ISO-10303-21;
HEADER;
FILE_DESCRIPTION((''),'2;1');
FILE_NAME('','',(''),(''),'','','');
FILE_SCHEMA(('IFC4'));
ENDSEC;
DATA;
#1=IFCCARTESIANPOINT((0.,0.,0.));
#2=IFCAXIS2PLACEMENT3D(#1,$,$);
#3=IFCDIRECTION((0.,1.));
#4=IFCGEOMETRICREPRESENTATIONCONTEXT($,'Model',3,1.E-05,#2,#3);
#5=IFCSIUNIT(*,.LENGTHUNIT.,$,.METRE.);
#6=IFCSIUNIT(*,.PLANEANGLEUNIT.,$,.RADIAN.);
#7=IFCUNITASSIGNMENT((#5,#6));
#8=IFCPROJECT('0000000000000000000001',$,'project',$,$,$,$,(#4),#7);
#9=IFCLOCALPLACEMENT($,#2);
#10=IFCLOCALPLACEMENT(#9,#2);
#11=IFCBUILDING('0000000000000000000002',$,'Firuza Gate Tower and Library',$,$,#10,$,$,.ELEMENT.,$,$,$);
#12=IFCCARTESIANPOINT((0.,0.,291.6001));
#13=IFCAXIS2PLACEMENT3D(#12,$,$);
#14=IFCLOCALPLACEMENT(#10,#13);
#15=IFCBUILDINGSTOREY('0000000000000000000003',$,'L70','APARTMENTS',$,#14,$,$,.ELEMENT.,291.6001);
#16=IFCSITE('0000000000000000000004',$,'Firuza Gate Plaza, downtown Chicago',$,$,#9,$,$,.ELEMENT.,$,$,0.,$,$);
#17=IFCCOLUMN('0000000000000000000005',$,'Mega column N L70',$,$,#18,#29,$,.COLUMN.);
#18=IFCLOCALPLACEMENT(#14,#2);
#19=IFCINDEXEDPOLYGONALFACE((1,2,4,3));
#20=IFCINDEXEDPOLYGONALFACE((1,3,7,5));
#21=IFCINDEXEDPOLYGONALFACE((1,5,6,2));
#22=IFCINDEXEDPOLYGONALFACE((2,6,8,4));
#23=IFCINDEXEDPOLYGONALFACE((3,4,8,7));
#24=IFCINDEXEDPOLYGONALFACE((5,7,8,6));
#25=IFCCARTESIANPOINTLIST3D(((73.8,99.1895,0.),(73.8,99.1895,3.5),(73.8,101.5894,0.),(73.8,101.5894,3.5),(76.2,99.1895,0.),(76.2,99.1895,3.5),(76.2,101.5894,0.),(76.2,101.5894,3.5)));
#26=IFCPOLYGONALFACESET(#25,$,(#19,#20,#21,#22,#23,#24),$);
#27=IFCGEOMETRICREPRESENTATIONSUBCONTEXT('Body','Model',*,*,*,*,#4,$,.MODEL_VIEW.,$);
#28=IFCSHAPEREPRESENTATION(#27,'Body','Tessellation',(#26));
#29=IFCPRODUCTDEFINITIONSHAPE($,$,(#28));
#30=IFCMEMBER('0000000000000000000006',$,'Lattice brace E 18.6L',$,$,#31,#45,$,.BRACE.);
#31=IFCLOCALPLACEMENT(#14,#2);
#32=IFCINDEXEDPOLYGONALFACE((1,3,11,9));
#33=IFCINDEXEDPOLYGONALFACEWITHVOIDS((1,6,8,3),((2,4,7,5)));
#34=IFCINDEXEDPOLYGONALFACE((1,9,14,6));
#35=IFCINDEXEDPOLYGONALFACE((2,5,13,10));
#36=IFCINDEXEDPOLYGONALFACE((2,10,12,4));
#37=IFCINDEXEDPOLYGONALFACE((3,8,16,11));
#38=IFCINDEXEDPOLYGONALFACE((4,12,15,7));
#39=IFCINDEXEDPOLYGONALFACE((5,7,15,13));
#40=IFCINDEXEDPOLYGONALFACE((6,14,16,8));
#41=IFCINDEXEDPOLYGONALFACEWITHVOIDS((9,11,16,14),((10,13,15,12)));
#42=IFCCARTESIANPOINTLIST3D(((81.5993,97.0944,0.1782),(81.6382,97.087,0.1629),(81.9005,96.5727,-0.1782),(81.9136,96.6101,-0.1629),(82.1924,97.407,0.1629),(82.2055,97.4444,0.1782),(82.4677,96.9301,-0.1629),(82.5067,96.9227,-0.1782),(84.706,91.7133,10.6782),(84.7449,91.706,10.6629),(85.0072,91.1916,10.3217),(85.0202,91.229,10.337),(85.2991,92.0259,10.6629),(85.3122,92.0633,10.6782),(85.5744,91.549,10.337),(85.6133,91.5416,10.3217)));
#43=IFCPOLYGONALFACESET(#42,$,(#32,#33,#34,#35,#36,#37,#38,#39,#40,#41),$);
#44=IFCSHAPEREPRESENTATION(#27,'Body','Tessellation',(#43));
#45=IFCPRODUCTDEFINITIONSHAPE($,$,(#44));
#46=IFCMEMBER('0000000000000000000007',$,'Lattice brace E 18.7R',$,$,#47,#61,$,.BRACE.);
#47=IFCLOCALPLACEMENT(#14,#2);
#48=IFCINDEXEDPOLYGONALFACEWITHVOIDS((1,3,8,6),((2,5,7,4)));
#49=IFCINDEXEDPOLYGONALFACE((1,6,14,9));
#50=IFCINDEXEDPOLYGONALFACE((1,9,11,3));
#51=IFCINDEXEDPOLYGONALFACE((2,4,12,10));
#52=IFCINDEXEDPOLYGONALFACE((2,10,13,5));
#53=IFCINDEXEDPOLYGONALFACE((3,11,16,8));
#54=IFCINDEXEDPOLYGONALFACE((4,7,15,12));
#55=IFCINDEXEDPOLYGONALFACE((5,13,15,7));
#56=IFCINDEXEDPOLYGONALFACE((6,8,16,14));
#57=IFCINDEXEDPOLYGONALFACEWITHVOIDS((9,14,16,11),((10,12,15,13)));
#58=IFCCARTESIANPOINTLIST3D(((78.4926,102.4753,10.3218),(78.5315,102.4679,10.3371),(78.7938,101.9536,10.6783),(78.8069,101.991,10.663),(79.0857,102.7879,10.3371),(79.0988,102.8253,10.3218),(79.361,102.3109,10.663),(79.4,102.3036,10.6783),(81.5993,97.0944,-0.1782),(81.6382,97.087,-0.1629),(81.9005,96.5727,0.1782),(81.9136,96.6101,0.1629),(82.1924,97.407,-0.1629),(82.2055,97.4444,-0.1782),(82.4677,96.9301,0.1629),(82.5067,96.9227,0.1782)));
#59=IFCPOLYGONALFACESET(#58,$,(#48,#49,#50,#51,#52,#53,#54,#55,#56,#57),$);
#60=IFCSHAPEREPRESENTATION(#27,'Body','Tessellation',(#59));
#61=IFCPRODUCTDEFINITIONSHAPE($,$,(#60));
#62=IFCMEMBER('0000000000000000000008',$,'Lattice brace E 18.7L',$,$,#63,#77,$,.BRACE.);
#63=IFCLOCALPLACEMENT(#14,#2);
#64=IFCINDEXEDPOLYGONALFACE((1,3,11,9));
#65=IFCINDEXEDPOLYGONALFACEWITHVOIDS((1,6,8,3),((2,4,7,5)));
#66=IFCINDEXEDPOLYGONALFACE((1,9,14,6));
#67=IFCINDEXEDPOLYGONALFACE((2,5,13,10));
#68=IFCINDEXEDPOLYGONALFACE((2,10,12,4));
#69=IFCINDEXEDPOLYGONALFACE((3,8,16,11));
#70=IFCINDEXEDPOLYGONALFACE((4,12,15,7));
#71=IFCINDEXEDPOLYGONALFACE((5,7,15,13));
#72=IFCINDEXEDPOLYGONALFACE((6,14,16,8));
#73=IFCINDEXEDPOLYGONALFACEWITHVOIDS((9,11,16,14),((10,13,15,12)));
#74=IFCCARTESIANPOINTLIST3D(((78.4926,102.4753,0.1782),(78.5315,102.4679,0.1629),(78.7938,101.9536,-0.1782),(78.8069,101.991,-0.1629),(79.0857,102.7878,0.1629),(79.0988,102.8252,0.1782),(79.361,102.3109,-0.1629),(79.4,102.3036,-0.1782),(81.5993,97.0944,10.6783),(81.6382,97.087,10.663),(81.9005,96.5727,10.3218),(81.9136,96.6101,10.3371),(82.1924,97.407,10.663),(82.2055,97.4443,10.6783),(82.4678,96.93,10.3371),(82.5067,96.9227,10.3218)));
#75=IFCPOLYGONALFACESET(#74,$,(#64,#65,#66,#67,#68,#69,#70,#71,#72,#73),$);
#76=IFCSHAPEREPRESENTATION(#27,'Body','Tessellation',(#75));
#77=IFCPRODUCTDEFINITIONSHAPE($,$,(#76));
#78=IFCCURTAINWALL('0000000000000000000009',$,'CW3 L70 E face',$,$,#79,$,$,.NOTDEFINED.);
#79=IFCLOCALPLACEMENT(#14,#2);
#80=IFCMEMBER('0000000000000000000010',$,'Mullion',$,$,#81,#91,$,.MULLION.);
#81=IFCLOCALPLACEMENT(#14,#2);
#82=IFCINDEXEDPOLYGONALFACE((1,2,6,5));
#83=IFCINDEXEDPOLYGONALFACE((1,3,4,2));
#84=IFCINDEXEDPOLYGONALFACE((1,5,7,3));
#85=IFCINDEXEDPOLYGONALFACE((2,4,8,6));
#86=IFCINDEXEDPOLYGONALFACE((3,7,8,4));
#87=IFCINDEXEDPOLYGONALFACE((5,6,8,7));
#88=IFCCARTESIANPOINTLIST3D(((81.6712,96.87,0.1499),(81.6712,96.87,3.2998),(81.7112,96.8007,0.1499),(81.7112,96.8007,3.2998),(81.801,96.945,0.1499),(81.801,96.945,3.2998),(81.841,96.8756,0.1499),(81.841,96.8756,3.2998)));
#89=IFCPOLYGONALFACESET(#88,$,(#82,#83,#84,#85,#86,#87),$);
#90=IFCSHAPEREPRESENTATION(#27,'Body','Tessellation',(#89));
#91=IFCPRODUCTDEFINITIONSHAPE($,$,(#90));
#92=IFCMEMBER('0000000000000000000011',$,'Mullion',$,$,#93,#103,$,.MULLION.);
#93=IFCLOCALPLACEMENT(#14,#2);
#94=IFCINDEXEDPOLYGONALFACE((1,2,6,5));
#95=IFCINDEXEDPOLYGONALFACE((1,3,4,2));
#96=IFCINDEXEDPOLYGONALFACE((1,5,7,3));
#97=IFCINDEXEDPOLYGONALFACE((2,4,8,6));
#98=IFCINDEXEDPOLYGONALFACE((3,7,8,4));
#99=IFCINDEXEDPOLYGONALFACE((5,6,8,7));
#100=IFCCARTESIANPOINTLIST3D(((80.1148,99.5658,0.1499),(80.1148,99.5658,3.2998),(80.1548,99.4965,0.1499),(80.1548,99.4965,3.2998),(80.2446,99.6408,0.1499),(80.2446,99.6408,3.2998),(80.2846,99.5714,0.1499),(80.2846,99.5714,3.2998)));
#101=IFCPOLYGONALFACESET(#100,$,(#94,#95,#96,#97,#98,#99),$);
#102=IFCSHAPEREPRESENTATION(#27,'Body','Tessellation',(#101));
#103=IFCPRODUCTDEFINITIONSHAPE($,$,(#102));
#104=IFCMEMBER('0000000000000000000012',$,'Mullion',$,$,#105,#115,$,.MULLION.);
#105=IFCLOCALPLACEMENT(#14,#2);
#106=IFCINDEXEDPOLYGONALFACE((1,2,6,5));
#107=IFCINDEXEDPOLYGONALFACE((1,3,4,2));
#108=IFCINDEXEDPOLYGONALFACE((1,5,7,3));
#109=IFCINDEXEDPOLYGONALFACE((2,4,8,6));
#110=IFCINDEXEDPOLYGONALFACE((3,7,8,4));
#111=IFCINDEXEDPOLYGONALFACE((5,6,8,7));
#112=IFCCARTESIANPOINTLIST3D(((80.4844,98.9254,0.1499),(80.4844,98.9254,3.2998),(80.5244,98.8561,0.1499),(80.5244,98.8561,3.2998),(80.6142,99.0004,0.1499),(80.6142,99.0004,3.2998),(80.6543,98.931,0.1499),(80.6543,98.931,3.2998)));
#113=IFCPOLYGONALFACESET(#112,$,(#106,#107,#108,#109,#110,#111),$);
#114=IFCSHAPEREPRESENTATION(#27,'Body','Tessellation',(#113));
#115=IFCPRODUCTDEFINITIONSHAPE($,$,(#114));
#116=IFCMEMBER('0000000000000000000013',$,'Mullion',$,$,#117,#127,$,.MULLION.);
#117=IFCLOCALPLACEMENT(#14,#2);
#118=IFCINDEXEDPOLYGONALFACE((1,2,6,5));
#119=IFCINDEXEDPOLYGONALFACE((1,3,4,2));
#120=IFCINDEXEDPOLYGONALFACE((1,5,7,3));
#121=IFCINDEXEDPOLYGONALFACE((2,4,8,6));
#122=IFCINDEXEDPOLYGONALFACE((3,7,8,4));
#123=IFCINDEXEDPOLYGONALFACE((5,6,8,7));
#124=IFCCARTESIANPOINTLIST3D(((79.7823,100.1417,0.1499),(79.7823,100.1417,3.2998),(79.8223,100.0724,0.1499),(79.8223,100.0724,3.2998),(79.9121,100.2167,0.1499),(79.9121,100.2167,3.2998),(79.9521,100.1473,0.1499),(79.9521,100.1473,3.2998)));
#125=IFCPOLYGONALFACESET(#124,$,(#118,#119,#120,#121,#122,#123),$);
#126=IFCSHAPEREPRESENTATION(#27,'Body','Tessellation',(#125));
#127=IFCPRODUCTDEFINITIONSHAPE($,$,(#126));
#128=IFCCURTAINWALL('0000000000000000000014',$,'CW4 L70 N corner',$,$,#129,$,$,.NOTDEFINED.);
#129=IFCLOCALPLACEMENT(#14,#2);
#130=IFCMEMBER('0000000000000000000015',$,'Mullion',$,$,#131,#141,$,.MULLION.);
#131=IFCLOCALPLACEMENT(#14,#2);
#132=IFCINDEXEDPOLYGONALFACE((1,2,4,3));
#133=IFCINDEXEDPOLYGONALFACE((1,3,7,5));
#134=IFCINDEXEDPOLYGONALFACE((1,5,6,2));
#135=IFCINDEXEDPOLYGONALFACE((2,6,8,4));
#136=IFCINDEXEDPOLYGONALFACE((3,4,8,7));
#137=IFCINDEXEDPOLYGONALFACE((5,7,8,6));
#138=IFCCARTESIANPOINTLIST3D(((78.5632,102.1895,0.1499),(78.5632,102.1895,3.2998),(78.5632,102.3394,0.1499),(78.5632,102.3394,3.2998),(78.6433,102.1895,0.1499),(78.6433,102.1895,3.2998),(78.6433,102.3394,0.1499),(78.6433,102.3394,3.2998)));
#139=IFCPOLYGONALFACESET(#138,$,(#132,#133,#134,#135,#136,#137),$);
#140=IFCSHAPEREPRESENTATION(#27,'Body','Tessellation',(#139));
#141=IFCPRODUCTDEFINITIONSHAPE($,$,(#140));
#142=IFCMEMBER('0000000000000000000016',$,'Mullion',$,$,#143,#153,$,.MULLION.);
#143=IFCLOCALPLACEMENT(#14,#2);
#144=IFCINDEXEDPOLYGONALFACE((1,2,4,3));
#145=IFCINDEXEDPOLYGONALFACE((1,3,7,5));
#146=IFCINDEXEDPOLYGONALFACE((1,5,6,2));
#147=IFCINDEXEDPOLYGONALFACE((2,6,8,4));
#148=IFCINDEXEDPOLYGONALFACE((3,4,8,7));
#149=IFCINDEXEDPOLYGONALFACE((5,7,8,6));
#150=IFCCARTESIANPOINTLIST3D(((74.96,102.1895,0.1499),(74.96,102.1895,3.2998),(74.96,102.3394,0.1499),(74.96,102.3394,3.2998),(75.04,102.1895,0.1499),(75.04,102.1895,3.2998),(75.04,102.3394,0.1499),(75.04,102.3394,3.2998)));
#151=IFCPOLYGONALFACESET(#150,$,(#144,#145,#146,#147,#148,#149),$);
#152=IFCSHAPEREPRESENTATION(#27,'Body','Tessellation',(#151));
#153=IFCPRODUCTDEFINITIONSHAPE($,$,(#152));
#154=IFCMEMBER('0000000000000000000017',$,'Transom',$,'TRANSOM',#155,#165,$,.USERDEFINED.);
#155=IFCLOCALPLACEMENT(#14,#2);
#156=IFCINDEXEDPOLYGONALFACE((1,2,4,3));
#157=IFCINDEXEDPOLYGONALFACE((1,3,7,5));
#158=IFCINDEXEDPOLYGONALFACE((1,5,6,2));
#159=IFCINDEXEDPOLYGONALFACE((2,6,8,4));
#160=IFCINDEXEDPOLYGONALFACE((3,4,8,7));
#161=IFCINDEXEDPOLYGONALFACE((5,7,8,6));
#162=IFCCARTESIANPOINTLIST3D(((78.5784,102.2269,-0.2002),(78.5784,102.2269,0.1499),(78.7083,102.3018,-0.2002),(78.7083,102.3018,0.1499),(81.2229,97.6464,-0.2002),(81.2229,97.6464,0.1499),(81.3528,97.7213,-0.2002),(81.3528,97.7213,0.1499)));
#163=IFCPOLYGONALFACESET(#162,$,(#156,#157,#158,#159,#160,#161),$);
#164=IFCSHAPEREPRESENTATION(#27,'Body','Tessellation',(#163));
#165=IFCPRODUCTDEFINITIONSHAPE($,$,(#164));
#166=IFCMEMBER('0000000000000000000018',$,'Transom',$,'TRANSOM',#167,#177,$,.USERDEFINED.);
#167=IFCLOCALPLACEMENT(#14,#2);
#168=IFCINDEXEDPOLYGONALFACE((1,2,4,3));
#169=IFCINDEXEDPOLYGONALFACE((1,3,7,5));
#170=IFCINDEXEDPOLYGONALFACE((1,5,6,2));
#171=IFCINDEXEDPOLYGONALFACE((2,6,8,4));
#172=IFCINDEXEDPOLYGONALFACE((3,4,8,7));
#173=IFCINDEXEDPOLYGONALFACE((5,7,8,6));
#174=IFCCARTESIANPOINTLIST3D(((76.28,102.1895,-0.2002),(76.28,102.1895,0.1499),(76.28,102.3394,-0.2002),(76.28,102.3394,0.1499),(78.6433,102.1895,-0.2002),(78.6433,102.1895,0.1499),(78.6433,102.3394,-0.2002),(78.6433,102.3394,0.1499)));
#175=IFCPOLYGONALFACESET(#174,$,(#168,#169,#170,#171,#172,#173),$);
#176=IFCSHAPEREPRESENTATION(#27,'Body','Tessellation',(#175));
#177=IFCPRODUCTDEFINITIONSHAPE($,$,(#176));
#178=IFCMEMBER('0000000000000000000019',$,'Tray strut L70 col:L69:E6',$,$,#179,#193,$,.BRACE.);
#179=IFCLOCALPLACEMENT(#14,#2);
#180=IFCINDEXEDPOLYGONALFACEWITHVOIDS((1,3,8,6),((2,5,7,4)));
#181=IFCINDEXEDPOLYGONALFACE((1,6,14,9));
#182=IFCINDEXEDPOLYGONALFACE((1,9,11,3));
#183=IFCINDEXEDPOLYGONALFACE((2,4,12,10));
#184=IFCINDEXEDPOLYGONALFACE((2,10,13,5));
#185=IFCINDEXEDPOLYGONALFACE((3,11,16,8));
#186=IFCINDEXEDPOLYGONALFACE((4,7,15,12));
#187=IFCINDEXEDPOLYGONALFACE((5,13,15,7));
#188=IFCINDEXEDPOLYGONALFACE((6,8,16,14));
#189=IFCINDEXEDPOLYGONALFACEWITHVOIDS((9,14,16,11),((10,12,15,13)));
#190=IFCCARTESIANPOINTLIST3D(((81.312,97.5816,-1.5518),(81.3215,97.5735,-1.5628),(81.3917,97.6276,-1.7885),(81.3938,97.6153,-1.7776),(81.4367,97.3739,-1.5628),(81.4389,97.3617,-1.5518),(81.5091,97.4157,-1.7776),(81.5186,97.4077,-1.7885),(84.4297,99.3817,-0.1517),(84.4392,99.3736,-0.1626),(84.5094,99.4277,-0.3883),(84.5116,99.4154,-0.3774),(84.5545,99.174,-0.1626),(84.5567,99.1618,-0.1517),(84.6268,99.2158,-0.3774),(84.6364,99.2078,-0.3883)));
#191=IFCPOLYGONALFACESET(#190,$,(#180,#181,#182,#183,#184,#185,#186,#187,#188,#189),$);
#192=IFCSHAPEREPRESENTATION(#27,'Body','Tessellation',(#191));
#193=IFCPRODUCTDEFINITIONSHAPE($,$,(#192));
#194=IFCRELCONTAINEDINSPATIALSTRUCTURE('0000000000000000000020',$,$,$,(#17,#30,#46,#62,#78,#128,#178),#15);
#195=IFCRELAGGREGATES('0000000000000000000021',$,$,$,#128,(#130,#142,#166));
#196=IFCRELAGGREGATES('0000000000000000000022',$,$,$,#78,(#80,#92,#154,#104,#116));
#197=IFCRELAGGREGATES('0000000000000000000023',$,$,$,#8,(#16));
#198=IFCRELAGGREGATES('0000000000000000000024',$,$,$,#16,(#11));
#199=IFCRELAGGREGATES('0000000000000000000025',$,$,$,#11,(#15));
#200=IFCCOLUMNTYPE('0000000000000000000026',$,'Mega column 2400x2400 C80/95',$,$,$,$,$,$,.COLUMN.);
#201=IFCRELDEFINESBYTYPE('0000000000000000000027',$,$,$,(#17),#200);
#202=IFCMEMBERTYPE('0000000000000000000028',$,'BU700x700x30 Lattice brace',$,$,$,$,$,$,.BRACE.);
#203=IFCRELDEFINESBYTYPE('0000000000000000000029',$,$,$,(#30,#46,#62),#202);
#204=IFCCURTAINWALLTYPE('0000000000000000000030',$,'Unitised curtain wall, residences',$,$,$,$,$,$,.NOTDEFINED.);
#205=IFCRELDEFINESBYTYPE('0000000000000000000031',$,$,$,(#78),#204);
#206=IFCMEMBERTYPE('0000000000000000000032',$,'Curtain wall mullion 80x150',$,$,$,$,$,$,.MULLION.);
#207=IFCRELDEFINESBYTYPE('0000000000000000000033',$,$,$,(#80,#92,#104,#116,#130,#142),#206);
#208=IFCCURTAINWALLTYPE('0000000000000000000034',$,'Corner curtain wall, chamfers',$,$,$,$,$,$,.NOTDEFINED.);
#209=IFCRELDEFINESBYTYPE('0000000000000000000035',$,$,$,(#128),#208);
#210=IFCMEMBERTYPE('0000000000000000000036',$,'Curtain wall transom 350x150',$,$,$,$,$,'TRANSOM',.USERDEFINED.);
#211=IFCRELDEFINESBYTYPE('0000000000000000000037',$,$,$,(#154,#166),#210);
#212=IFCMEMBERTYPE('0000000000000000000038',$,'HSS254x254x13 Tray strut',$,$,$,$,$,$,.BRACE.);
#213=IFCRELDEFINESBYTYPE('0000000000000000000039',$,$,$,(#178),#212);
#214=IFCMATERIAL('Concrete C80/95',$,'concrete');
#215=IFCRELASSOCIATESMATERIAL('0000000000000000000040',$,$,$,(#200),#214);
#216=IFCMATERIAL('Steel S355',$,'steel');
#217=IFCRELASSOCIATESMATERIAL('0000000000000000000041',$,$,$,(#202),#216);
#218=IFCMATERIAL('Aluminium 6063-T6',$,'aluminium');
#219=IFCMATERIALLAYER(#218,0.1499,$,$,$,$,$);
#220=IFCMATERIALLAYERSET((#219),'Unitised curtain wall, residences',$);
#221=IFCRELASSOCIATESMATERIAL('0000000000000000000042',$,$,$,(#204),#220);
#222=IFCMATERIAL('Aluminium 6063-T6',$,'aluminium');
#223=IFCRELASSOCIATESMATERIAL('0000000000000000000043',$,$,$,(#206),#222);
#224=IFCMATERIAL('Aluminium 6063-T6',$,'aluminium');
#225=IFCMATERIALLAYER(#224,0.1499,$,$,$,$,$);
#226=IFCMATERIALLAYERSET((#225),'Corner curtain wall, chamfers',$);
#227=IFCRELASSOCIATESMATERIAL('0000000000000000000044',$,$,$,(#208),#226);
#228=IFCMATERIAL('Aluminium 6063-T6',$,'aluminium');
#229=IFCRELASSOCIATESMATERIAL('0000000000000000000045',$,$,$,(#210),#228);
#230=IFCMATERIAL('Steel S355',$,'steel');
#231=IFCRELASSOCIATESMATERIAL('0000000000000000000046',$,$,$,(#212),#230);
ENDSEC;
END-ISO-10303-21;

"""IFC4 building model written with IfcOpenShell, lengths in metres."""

from ifc_helpers import new_model, si_unit, direction, frame, origin, origin_2d, place, context, subcontext, project, spatial, rectangle, hollow_rectangle, extrude, material, layer, layer_set, material_profile, profile_set, type_object, element, aggregate, save


model = new_model("IFC4")

# Units and contexts
model_context = context("Model", 3, precision=1e-05, world=origin(), true_north=direction((0.0, 1.0)))
body_context = subcontext(model_context, "Body", "Model", "MODEL_VIEW")
ifc_project = project(units=[si_unit("LENGTHUNIT", "METRE"), si_unit("PLANEANGLEUNIT", "RADIAN")], contexts=[model_context])

# Site, building, storey
site_placement = place(None, origin())
site = spatial("IfcSite", under=ifc_project, at=site_placement, Name="Firuza Gate Plaza, downtown Chicago", CompositionType="ELEMENT", RefElevation=0.0)
building_placement = place(site_placement, origin())
building = spatial("IfcBuilding", under=site, at=building_placement, Name="Firuza Gate Tower and Library", CompositionType="ELEMENT")
storey_placement = place(building_placement, frame((0.0, 0.0, 291.6001)))
storey = spatial("IfcBuildingStorey", under=building, at=storey_placement, Name="L70", Description="APARTMENTS", CompositionType="ELEMENT", Elevation=291.6001)

# Column
ifc_material_1 = material(Name="Concrete C80/95", Category="concrete")
ifc_material_profile_1 = material_profile(ifc_material_1, rectangle(XDim=2.3999, YDim=2.3999, at=origin_2d()))
ifc_profile_set_1 = profile_set([ifc_material_profile_1], Name="Concrete C80/95")
column_type = type_object("IfcColumnType", Name="Mega column 2400x2400 C80/95", PredefinedType="COLUMN", material=ifc_profile_set_1)
column_placement = place(storey_placement, frame((75.0, 100.3894, 0.0), z_axis=(0.0, 0.0, 1.0), x_axis=(-1.0, 0.0, 0.0)))
element("IfcColumn", 1, at=column_placement, inside=storey, type_object=column_type, Name="Mega column N L70", PredefinedType="COLUMN", context=body_context, shape_type="SweptSolid", body=[
    extrude(rectangle(XDim=2.3999, YDim=2.3999, at=origin_2d()), origin(), (0.0, 0.0, 1.0), 3.5),
])

# Members
ifc_material_2 = material(Name="Steel S355", Category="steel")
ifc_material_profile_2 = material_profile(ifc_material_2, hollow_rectangle(XDim=0.7, YDim=0.7, WallThickness=0.03, at=origin_2d()))
ifc_profile_set_2 = profile_set([ifc_material_profile_2], Name="Steel S355")
member_type_1 = type_object("IfcMemberType", Name="BU700x700x30 Lattice brace", PredefinedType="BRACE", material=ifc_profile_set_2)
for number, where, z_axis, x_axis, name in (
    (2, (82.053, 97.0085, 0.0), (0.254631, -0.441048, 0.860604), (0.866032, 0.499989, 0.0), "Lattice brace E 18.6L"),
    (3, (82.053, 97.0085, 0.0), (-0.254634, 0.441032, 0.860612), (-0.866022, -0.500006, 0.0), "Lattice brace E 18.7R"),
    (4, (78.9463, 102.3894, 0.0), (0.254634, -0.441032, 0.860612), (0.866022, 0.500006, 0.0), "Lattice brace E 18.7L"),
):
    element("IfcMember", number, at=place(storey_placement, frame(where, z_axis=z_axis, x_axis=x_axis)), inside=storey, type_object=member_type_1, Name=name, PredefinedType="BRACE", context=body_context, shape_type="SweptSolid", body=[
        extrude(hollow_rectangle(XDim=0.7, YDim=0.7, WallThickness=0.03, at=origin_2d()), origin(), (0.0, 0.0, 1.0), 12.2007),
    ])

# Curtain walls, members
ifc_material_3 = material(Name="Aluminium 6063-T6", Category="aluminium")
ifc_layer_1 = layer(ifc_material_3, 0.1499)
ifc_layer_set_1 = layer_set([ifc_layer_1], Name="Unitised curtain wall, residences")
curtain_wall_type_1 = type_object("IfcCurtainWallType", Name="Unitised curtain wall, residences", PredefinedType="NOTDEFINED", material=ifc_layer_set_1)
placement = place(storey_placement, origin())
curtain_wall_1 = element("IfcCurtainWall", 5, at=placement, inside=storey, type_object=curtain_wall_type_1, Name="CW3 L70 E face", PredefinedType="NOTDEFINED")
ifc_material_4 = material(Name="Aluminium 6063-T6", Category="aluminium")
ifc_material_profile_3 = material_profile(ifc_material_4, rectangle(XDim=0.1499, YDim=0.0801, at=origin_2d()))
ifc_profile_set_3 = profile_set([ifc_material_profile_3], Name="Aluminium 6063-T6")
member_type_2 = type_object("IfcMemberType", Name="Curtain wall mullion 80x150", PredefinedType="MULLION", material=ifc_profile_set_3)
member_1_placement = place(storey_placement, frame((81.7561, 96.8728, 0.1499), z_axis=(0.0, 0.0, 1.0), x_axis=(-0.866025, -0.5, 0.0)))
member_1 = element("IfcMember", 6, at=member_1_placement, type_object=member_type_2, Name="Mullion", PredefinedType="MULLION", context=body_context, shape_type="SweptSolid", body=[
    extrude(rectangle(XDim=0.1499, YDim=0.0801, at=origin_2d()), origin(), (0.0, 0.0, 1.0), 3.1499),
])
member_2_placement = place(storey_placement, frame((80.1997, 99.5686, 0.1499), z_axis=(0.0, 0.0, 1.0), x_axis=(-0.866025, -0.5, 0.0)))
member_2 = element("IfcMember", 7, at=member_2_placement, type_object=member_type_2, Name="Mullion", PredefinedType="MULLION", context=body_context, shape_type="SweptSolid", body=[
    extrude(rectangle(XDim=0.1499, YDim=0.0801, at=origin_2d()), origin(), (0.0, 0.0, 1.0), 3.1499),
])
member_3_placement = place(storey_placement, frame((80.5693, 98.9282, 0.1499), z_axis=(0.0, 0.0, 1.0), x_axis=(-0.866025, -0.5, 0.0)))
member_3 = element("IfcMember", 8, at=member_3_placement, type_object=member_type_2, Name="Mullion", PredefinedType="MULLION", context=body_context, shape_type="SweptSolid", body=[
    extrude(rectangle(XDim=0.1499, YDim=0.0801, at=origin_2d()), origin(), (0.0, 0.0, 1.0), 3.1499),
])
member_4_placement = place(storey_placement, frame((79.8672, 100.1445, 0.1499), z_axis=(0.0, 0.0, 1.0), x_axis=(-0.866025, -0.5, 0.0)))
member_4 = element("IfcMember", 9, at=member_4_placement, type_object=member_type_2, Name="Mullion", PredefinedType="MULLION", context=body_context, shape_type="SweptSolid", body=[
    extrude(rectangle(XDim=0.1499, YDim=0.0801, at=origin_2d()), origin(), (0.0, 0.0, 1.0), 3.1499),
])
ifc_material_5 = material(Name="Aluminium 6063-T6", Category="aluminium")
ifc_layer_2 = layer(ifc_material_5, 0.1499)
ifc_layer_set_2 = layer_set([ifc_layer_2], Name="Corner curtain wall, chamfers")
curtain_wall_type_2 = type_object("IfcCurtainWallType", Name="Corner curtain wall, chamfers", PredefinedType="NOTDEFINED", material=ifc_layer_set_2)
curtain_wall_2 = element("IfcCurtainWall", 10, at=placement, inside=storey, type_object=curtain_wall_type_2, Name="CW4 L70 N corner", PredefinedType="NOTDEFINED")
member_5_placement = place(storey_placement, frame((78.6033, 102.2644, 0.1499), z_axis=(0.0, 0.0, 1.0), x_axis=(0.0, -1.0, 0.0)))
member_5 = element("IfcMember", 11, at=member_5_placement, type_object=member_type_2, Name="Mullion", PredefinedType="MULLION", context=body_context, shape_type="SweptSolid", body=[
    extrude(rectangle(XDim=0.1499, YDim=0.0801, at=origin_2d()), origin(), (0.0, 0.0, 1.0), 3.1499),
])
member_6_placement = place(storey_placement, frame((75.0, 102.2644, 0.1499), z_axis=(0.0, 0.0, 1.0), x_axis=(0.0, -1.0, 0.0)))
member_6 = element("IfcMember", 12, at=member_6_placement, type_object=member_type_2, Name="Mullion", PredefinedType="MULLION", context=body_context, shape_type="SweptSolid", body=[
    extrude(rectangle(XDim=0.1499, YDim=0.0801, at=origin_2d()), origin(), (0.0, 0.0, 1.0), 3.1499),
])

# Members
ifc_material_6 = material(Name="Aluminium 6063-T6", Category="aluminium")
ifc_material_profile_4 = material_profile(ifc_material_6, rectangle(XDim=0.1499, YDim=0.3501, at=origin_2d()))
ifc_profile_set_4 = profile_set([ifc_material_profile_4], Name="Aluminium 6063-T6")
member_type_3 = type_object("IfcMemberType", Name="Curtain wall transom 350x150", ElementType="TRANSOM", PredefinedType="USERDEFINED", material=ifc_profile_set_4)
member_7_placement = place(storey_placement, frame((81.2878, 97.6838, -0.0251), z_axis=(-0.499991, 0.86603, 0.0), x_axis=(-0.86603, -0.499991, 0.0)))
member_7 = element("IfcMember", 13, at=member_7_placement, type_object=member_type_3, Name="Transom", ObjectType="TRANSOM", PredefinedType="USERDEFINED", context=body_context, shape_type="SweptSolid", body=[
    extrude(rectangle(XDim=0.1499, YDim=0.3501, at=origin_2d()), origin(), (0.0, 0.0, 1.0), 5.2891),
])
member_8_placement = place(storey_placement, frame((78.6433, 102.2644, -0.0251), z_axis=(-1.0, 0.0, 0.0), x_axis=(0.0, -1.0, 0.0)))
member_8 = element("IfcMember", 14, at=member_8_placement, type_object=member_type_3, Name="Transom", ObjectType="TRANSOM", PredefinedType="USERDEFINED", context=body_context, shape_type="SweptSolid", body=[
    extrude(rectangle(XDim=0.1499, YDim=0.3501, at=origin_2d()), origin(), (0.0, 0.0, 1.0), 2.3633),
])

# Member
ifc_material_7 = material(Name="Steel S355", Category="steel")
ifc_material_profile_5 = material_profile(ifc_material_7, hollow_rectangle(XDim=0.2539, YDim=0.2539, WallThickness=0.0117, at=origin_2d()))
ifc_profile_set_5 = profile_set([ifc_material_profile_5], Name="Steel S355")
member_type_4 = type_object("IfcMemberType", Name="HSS254x254x13 Tray strut", PredefinedType="BRACE", material=ifc_profile_set_5)
member_9_placement = place(storey_placement, frame((81.4153, 97.4946, -1.6702), z_axis=(0.807122, 0.466007, 0.362478), x_axis=(-0.500012, 0.866018, 0.0)))
element("IfcMember", 15, at=member_9_placement, inside=storey, type_object=member_type_4, Name="Tray strut L70 col:L69:E6", PredefinedType="BRACE", context=body_context, shape_type="SweptSolid", body=[
    extrude(hollow_rectangle(XDim=0.2539, YDim=0.2539, WallThickness=0.0117, at=origin_2d()), origin(), (0.0, 0.0, 1.0), 3.8628),
])

aggregate(curtain_wall_2, [member_5, member_6, member_8])
aggregate(curtain_wall_1, [member_1, member_2, member_7, member_3, member_4])

save(model, "model.ifc")
